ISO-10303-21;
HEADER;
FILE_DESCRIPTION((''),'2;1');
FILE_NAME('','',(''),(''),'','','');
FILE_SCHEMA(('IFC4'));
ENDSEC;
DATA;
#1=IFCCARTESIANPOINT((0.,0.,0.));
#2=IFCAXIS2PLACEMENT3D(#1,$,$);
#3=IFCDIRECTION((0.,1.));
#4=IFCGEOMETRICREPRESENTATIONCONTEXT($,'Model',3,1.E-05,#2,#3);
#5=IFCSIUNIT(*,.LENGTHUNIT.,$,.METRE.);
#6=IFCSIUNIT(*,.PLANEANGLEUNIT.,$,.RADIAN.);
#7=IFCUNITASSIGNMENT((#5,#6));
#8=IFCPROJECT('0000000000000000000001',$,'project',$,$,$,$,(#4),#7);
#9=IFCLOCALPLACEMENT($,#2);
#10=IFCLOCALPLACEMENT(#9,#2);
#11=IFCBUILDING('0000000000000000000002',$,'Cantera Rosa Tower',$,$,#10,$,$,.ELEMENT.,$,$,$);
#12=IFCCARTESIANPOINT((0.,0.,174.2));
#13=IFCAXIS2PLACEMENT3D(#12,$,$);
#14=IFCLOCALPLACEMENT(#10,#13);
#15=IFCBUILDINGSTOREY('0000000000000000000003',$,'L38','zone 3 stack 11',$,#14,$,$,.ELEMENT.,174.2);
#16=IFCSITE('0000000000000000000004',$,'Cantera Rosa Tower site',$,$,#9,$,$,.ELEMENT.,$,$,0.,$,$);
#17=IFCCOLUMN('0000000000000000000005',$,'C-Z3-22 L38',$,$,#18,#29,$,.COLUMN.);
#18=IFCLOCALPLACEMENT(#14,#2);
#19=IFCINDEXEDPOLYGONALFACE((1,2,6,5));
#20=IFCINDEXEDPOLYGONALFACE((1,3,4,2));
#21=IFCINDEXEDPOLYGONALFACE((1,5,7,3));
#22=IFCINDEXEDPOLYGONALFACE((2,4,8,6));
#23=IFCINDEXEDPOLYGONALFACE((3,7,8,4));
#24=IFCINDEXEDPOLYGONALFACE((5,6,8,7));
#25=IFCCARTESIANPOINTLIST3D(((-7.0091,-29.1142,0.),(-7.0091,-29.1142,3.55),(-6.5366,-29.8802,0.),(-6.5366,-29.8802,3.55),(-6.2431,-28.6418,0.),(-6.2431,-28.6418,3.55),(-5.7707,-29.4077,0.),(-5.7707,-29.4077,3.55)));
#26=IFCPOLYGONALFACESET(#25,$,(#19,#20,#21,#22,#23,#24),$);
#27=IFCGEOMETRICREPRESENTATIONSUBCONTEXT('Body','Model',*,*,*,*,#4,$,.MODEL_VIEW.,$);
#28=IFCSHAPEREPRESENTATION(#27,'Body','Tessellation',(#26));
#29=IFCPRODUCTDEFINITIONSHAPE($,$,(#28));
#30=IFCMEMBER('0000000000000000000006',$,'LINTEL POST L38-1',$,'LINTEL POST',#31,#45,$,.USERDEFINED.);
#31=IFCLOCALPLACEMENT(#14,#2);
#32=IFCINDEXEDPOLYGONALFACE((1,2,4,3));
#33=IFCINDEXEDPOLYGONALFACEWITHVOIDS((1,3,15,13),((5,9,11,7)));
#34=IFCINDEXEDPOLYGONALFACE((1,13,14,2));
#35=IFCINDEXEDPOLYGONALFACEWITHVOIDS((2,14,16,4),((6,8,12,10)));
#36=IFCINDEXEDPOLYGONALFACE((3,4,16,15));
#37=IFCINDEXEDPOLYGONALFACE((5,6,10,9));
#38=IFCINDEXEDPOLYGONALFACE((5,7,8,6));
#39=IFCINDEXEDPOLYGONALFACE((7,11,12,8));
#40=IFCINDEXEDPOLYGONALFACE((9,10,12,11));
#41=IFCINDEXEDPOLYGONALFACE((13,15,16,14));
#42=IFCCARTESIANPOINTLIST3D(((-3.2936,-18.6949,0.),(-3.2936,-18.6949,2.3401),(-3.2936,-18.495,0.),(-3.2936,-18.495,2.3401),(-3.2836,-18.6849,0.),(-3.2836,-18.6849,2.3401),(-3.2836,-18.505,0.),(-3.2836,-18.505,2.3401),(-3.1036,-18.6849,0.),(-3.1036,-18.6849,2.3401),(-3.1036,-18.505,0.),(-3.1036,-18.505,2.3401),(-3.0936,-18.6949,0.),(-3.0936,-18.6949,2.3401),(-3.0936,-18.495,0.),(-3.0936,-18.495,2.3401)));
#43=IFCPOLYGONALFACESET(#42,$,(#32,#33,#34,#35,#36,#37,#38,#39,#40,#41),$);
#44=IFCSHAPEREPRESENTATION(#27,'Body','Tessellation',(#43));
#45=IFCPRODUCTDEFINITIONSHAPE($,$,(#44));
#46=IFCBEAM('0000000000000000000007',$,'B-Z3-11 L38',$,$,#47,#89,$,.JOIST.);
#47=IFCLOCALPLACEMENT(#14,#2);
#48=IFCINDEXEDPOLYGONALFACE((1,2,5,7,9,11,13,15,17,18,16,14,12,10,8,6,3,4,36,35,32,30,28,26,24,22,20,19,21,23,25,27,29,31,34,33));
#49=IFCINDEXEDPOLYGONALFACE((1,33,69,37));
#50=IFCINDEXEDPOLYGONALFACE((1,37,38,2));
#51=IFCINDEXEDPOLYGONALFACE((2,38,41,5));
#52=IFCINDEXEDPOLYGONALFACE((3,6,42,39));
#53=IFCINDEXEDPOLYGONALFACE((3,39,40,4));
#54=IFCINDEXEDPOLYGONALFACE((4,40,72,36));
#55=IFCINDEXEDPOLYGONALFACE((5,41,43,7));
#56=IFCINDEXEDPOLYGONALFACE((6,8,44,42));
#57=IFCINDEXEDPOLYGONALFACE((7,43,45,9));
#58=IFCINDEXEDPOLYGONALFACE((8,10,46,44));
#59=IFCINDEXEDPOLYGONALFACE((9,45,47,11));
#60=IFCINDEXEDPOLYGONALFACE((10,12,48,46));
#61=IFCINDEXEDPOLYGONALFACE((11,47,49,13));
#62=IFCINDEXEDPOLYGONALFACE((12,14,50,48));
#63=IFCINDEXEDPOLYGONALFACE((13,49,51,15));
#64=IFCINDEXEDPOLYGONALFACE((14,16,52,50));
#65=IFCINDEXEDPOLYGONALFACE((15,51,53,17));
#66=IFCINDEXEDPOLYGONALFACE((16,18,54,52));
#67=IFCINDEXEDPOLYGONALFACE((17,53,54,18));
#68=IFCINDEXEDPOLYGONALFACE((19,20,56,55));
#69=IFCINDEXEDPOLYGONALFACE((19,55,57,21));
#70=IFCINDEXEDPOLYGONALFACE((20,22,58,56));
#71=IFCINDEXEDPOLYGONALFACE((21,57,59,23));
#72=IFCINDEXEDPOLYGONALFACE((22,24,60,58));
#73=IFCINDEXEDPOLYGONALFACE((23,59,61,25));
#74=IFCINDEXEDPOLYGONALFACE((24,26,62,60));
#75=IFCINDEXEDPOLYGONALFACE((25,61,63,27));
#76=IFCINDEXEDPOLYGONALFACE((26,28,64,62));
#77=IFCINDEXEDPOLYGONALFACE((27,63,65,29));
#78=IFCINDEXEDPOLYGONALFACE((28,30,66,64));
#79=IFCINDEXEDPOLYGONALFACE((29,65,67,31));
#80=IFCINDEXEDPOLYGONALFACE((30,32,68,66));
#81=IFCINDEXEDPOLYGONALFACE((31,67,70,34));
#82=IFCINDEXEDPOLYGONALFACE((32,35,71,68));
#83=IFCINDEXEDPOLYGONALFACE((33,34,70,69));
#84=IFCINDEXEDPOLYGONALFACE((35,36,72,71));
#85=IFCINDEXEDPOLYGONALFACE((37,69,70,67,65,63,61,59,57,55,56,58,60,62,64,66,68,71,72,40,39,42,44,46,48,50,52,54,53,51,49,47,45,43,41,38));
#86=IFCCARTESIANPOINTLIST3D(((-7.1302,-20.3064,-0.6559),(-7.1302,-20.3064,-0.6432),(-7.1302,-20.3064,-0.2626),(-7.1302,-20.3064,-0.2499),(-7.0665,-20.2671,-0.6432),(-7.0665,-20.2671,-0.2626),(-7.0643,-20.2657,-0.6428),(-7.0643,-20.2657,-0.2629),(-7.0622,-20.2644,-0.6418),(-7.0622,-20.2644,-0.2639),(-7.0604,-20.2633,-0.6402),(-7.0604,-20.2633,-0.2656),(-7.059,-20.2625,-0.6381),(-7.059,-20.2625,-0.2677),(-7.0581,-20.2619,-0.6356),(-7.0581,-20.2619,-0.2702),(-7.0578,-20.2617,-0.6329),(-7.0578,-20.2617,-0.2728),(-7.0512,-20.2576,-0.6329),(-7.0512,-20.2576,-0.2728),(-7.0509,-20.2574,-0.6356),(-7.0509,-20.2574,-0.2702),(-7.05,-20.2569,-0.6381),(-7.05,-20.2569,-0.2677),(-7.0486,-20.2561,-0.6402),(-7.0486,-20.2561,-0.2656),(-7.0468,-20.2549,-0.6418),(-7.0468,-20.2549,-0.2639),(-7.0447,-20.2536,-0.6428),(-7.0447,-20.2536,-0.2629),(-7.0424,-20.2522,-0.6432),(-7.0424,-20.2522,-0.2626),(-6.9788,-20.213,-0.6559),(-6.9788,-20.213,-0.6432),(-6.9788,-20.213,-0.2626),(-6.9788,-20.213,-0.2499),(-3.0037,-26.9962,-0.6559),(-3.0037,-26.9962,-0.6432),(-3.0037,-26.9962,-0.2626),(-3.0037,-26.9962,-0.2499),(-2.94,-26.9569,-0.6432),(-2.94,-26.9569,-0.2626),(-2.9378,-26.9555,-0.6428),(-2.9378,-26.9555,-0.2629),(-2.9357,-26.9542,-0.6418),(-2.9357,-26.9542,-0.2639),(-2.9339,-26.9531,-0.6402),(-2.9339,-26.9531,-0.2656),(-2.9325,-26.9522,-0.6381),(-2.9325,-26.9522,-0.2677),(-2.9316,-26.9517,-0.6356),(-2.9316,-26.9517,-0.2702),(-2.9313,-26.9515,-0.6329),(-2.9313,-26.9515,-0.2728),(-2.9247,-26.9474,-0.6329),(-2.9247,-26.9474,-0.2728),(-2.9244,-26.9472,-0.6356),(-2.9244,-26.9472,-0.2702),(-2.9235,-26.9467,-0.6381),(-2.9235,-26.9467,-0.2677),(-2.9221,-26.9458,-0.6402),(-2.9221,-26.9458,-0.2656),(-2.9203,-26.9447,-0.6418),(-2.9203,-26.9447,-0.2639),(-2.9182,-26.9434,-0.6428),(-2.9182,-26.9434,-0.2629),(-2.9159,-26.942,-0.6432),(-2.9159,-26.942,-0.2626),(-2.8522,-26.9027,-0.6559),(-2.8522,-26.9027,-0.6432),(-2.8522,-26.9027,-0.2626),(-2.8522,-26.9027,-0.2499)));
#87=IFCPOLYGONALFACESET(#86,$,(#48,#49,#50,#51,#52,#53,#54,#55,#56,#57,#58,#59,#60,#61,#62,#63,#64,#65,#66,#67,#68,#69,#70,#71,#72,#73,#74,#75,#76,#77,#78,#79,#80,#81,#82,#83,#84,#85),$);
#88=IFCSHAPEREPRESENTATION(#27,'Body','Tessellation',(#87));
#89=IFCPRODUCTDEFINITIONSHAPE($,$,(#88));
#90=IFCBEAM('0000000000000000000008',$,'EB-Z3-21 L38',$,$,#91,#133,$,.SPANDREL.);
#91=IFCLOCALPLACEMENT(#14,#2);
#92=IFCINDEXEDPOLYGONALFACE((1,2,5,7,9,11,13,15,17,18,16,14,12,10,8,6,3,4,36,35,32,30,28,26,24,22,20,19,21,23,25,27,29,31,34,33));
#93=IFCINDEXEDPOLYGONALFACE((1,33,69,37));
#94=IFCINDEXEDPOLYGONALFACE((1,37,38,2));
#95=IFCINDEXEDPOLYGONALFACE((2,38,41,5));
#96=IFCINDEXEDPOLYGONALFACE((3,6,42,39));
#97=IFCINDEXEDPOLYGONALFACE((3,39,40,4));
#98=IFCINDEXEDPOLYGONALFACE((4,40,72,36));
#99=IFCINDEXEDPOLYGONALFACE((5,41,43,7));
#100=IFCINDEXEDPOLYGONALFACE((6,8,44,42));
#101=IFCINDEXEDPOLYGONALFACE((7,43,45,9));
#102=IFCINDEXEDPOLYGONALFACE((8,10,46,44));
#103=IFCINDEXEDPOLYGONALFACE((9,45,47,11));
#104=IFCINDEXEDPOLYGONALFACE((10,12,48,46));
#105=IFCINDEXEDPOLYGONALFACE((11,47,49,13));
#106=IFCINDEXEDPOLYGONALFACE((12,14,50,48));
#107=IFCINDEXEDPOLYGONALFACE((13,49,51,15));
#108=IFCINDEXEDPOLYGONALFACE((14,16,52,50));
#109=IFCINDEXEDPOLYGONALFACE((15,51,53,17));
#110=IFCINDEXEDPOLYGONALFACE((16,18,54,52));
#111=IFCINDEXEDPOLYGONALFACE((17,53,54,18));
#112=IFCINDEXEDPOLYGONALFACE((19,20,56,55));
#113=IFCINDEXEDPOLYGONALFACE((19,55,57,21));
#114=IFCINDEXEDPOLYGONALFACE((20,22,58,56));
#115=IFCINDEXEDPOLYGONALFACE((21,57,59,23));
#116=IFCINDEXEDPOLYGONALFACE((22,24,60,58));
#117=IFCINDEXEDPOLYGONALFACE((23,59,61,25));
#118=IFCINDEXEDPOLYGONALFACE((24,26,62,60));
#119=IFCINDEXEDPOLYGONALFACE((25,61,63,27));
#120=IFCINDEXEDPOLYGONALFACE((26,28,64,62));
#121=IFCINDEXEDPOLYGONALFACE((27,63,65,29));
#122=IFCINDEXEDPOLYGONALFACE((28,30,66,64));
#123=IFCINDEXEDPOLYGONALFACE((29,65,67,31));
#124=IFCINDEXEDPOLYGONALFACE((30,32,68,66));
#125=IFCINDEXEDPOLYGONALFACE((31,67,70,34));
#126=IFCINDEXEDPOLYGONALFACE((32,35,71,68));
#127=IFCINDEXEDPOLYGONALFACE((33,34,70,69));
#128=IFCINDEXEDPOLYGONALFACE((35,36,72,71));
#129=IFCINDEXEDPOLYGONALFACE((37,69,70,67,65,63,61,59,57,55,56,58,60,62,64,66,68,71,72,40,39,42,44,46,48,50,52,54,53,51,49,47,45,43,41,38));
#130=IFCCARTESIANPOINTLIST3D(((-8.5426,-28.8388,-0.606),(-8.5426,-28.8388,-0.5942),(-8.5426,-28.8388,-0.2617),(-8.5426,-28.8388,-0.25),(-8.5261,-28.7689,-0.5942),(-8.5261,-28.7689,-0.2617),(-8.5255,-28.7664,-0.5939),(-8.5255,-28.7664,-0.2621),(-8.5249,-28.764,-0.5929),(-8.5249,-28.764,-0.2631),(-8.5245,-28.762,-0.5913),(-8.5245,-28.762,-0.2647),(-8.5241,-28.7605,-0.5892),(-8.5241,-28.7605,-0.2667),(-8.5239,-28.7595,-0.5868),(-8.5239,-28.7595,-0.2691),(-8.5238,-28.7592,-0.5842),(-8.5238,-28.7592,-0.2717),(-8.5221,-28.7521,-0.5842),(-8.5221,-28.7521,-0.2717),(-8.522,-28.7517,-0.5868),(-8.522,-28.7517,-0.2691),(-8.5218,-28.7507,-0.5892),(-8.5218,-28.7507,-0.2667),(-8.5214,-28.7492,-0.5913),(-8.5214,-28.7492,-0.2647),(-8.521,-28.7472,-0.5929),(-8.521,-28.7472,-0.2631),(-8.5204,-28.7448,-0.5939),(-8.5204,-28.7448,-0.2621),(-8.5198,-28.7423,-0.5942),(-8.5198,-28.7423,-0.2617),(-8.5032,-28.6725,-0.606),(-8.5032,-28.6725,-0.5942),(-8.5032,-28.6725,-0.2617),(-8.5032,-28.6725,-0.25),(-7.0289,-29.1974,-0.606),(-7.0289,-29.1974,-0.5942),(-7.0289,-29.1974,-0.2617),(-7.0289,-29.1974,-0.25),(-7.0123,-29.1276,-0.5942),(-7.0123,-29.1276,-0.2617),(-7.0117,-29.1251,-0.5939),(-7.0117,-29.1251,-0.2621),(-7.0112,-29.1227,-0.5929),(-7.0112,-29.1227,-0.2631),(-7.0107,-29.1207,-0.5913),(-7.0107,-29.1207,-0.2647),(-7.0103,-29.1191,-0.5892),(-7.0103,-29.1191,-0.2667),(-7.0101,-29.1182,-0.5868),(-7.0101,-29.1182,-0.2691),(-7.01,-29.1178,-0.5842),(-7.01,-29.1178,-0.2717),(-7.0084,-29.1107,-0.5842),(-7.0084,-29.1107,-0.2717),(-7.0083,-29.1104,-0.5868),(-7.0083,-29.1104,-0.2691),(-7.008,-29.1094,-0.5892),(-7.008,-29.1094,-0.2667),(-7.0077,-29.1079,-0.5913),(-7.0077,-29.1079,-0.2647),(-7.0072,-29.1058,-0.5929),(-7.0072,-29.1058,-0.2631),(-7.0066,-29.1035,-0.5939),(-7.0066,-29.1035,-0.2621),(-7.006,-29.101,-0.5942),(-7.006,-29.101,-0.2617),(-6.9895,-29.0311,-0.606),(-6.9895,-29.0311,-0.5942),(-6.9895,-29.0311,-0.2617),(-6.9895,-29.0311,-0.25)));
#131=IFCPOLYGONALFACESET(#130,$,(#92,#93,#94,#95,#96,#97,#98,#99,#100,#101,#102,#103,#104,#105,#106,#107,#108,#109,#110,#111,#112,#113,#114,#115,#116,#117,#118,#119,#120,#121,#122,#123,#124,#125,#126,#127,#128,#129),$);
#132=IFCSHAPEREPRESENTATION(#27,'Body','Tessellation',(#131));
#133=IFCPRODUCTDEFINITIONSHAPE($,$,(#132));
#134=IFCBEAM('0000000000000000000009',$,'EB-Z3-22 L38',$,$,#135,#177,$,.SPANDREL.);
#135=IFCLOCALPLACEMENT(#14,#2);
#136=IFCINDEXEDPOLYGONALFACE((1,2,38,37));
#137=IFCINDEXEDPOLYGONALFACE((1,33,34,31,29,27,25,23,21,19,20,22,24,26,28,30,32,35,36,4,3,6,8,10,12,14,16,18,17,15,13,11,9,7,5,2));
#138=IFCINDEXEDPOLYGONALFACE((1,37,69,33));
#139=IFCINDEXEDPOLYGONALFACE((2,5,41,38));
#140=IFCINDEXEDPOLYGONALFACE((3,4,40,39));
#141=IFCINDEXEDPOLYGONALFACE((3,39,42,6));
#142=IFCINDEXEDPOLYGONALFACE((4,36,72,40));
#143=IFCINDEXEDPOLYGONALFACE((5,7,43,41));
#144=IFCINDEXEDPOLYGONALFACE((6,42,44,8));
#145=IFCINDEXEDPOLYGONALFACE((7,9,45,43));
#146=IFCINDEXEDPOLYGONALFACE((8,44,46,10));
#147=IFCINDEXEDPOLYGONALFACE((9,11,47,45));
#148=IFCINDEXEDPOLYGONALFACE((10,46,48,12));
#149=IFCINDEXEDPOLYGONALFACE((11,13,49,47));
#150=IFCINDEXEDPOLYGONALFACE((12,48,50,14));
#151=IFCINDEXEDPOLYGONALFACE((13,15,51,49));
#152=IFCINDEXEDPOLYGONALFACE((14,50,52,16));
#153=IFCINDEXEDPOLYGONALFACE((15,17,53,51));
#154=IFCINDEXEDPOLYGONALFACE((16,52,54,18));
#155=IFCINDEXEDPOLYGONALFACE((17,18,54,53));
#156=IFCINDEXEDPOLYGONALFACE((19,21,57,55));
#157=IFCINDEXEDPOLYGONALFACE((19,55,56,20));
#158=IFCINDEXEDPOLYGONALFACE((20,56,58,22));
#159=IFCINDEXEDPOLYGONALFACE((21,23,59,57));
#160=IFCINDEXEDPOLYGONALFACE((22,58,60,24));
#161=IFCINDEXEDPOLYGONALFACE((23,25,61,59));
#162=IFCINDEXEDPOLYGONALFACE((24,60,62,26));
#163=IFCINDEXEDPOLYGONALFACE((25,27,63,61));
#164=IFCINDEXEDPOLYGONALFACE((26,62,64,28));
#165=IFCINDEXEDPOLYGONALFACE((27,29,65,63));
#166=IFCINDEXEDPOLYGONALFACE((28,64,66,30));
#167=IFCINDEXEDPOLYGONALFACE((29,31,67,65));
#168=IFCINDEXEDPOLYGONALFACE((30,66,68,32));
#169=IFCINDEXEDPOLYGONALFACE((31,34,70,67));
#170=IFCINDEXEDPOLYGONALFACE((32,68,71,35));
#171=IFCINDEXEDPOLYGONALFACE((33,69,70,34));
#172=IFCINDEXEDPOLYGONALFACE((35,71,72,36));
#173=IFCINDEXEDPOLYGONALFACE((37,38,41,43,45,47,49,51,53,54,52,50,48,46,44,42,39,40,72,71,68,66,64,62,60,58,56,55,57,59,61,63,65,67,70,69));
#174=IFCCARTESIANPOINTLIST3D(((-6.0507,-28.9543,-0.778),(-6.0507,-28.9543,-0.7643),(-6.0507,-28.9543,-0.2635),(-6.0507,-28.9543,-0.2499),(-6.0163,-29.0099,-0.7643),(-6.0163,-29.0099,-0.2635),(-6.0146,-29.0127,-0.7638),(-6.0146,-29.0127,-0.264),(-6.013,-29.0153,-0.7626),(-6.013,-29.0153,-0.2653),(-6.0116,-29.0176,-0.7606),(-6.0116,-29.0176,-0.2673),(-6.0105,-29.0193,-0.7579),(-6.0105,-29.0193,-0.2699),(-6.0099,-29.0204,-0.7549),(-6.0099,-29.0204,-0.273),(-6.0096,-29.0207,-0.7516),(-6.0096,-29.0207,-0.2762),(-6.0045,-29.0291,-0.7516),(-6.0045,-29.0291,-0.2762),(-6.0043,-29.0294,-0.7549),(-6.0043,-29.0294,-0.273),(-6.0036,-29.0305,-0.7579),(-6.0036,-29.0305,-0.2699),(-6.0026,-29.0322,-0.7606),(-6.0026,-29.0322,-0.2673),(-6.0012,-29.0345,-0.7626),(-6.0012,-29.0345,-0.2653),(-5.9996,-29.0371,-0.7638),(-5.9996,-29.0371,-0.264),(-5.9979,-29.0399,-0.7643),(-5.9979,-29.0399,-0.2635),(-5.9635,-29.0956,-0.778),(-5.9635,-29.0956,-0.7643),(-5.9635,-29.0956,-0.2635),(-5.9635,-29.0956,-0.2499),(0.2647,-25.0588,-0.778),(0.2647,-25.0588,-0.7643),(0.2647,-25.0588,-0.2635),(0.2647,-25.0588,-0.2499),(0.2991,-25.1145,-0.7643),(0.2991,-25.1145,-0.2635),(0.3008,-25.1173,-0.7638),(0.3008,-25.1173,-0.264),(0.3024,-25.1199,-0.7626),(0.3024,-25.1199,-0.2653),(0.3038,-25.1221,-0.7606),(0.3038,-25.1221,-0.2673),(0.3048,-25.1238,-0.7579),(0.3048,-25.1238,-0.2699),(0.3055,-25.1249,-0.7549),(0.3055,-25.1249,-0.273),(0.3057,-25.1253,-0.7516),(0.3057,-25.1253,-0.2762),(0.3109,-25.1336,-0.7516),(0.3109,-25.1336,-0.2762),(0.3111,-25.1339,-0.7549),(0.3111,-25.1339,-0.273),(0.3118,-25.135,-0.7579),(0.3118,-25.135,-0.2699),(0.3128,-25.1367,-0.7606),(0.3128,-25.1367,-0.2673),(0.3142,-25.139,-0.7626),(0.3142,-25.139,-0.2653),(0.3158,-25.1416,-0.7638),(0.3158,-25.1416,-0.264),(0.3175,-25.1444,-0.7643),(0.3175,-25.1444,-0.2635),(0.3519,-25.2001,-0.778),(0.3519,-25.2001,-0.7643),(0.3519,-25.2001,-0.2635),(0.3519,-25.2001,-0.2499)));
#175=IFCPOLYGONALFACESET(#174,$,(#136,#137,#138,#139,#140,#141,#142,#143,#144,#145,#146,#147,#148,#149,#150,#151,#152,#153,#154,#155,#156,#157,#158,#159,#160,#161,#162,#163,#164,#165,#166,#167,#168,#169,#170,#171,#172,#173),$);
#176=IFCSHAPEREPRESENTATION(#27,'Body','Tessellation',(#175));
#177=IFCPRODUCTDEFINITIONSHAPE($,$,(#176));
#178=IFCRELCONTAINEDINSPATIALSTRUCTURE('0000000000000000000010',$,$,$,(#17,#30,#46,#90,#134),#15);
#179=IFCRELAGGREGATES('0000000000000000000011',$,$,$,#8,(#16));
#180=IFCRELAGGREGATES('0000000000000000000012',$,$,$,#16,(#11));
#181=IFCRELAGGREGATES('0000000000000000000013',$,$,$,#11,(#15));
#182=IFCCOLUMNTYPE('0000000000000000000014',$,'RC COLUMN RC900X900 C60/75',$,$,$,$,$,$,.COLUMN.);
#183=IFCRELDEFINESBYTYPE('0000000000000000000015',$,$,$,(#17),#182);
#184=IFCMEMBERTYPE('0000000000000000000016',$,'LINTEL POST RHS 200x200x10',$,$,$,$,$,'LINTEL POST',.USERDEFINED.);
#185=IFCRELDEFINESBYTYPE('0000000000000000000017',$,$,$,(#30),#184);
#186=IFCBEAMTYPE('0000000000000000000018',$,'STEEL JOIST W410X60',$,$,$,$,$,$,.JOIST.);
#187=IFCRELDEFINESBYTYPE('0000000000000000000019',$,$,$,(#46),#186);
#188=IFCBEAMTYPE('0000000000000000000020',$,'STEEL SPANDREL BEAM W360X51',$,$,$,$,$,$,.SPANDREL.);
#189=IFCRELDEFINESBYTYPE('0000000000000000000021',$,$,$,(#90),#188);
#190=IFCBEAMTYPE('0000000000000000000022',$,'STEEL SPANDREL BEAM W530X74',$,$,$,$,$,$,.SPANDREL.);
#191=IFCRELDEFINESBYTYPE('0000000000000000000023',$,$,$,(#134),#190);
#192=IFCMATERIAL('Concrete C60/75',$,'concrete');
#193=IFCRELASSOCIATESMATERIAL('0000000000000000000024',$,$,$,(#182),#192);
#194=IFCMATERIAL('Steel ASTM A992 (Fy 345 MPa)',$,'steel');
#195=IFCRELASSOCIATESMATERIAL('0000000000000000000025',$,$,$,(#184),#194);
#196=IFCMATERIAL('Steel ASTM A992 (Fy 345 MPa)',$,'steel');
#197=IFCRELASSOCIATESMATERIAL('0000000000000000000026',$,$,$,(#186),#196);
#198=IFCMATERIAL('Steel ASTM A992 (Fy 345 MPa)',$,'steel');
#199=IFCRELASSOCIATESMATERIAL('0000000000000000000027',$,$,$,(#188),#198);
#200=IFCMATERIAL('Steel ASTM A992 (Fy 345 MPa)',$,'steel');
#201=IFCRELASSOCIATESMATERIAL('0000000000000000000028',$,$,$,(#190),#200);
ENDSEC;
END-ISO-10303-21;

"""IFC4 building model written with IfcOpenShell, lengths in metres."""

from ifc_helpers import new_model, si_unit, direction, frame, origin, origin_2d, place, context, subcontext, project, spatial, rectangle, hollow_rectangle, i_section, extrude, material, material_profile, profile_set, type_object, element, save


model = new_model("IFC4")

# Units and contexts
model_context = context("Model", 3, precision=1e-05, world=origin(), true_north=direction((0.0, 1.0)))
body_context = subcontext(model_context, "Body", "Model", "MODEL_VIEW")
ifc_project = project(units=[si_unit("LENGTHUNIT", "METRE"), si_unit("PLANEANGLEUNIT", "RADIAN")], contexts=[model_context])

# Site, building, storey
site_placement = place(None, origin())
site = spatial("IfcSite", under=ifc_project, at=site_placement, Name="Cantera Rosa Tower site", CompositionType="ELEMENT", RefElevation=0.0)
building_placement = place(site_placement, origin())
building = spatial("IfcBuilding", under=site, at=building_placement, Name="Cantera Rosa Tower", CompositionType="ELEMENT")
storey_placement = place(building_placement, frame((0.0, 0.0, 174.2)))
storey = spatial("IfcBuildingStorey", under=building, at=storey_placement, Name="L38", Description="zone 3 stack 11", CompositionType="ELEMENT", Elevation=174.2)

# Column
ifc_material_1 = material(Name="Concrete C60/75", Category="concrete")
ifc_material_profile_1 = material_profile(ifc_material_1, rectangle(XDim=0.8999, YDim=0.8999, at=origin_2d()), Name="RC COLUMN RC900X900 C60/75")
ifc_profile_set_1 = profile_set([ifc_material_profile_1], Name="Concrete C60/75")
column_type = type_object("IfcColumnType", Name="RC COLUMN RC900X900 C60/75", PredefinedType="COLUMN", material=ifc_profile_set_1)
column_placement = place(storey_placement, frame((-6.3899, -29.261, 0.0), z_axis=(0.0, 0.0, 1.0), x_axis=(0.851117, 0.524977, 0.0)))
element("IfcColumn", 1, at=column_placement, inside=storey, type_object=column_type, Name="C-Z3-22 L38", PredefinedType="COLUMN", context=body_context, shape_type="SweptSolid", body=[
    extrude(rectangle(XDim=0.8999, YDim=0.8999, at=origin_2d()), origin(), (0.0, 0.0, 1.0), 3.55),
])

# Member
ifc_material_2 = material(Name="Steel ASTM A992 (Fy 345 MPa)", Category="steel")
ifc_material_profile_2 = material_profile(ifc_material_2, hollow_rectangle(XDim=0.2, YDim=0.2, WallThickness=0.01, at=origin_2d()), Name="LINTEL POST RHS 200x200x10")
ifc_profile_set_2 = profile_set([ifc_material_profile_2], Name="Steel ASTM A992 (Fy 345 MPa)")
member_type = type_object("IfcMemberType", Name="LINTEL POST RHS 200x200x10", ElementType="LINTEL POST", PredefinedType="USERDEFINED", material=ifc_profile_set_2)
member_placement = place(storey_placement, frame((-3.1936, -18.595, 0.0), z_axis=(0.0, 0.0, 1.0), x_axis=(1.0, 0.0, 0.0)))
element("IfcMember", 2, at=member_placement, inside=storey, type_object=member_type, Name="LINTEL POST L38-1", ObjectType="LINTEL POST", PredefinedType="USERDEFINED", context=body_context, shape_type="SweptSolid", body=[
    extrude(hollow_rectangle(XDim=0.2, YDim=0.2, WallThickness=0.01, at=origin_2d()), origin(), (0.0, 0.0, 1.0), 2.3401),
])

# Beams
ifc_material_3 = material(Name="Steel ASTM A992 (Fy 345 MPa)", Category="steel")
ifc_material_profile_3 = material_profile(ifc_material_3, i_section(OverallWidth=0.178, OverallDepth=0.406, WebThickness=0.0078, FlangeThickness=0.0127, FilletRadius=0.0103, at=origin_2d()), Name="W410X60")
ifc_profile_set_3 = profile_set([ifc_material_profile_3], Name="Steel ASTM A992 (Fy 345 MPa)")
beam_type_1 = type_object("IfcBeamType", Name="STEEL JOIST W410X60", PredefinedType="JOIST", material=ifc_profile_set_3)
beam_1_placement = place(storey_placement, frame((-2.928, -26.9495, -0.4529), z_axis=(-0.524995, 0.851105, 0.0), x_axis=(-0.851105, -0.524995, 0.0)))
element("IfcBeam", 3, at=beam_1_placement, inside=storey, type_object=beam_type_1, Name="B-Z3-11 L38", PredefinedType="JOIST", context=body_context, shape_type="SweptSolid", body=[
    extrude(i_section(OverallWidth=0.178, OverallDepth=0.406, WebThickness=0.0078, FlangeThickness=0.0127, FilletRadius=0.0103, at=origin_2d()), origin(), (0.0, 0.0, 1.0), 7.8601),
])
ifc_material_4 = material(Name="Steel ASTM A992 (Fy 345 MPa)", Category="steel")
ifc_material_profile_4 = material_profile(ifc_material_4, i_section(OverallWidth=0.1709, OverallDepth=0.356, WebThickness=0.0073, FlangeThickness=0.0117, FilletRadius=0.01, at=origin_2d()), Name="W360X51")
ifc_profile_set_4 = profile_set([ifc_material_profile_4], Name="Steel ASTM A992 (Fy 345 MPa)")
beam_type_2 = type_object("IfcBeamType", Name="STEEL SPANDREL BEAM W360X51", PredefinedType="SPANDREL", material=ifc_profile_set_4)
beam_2_placement = place(storey_placement, frame((-8.5229, -28.7556, -0.428), z_axis=(0.97306, -0.230552, 0.0), x_axis=(0.230552, 0.97306, 0.0)))
element("IfcBeam", 4, at=beam_2_placement, inside=storey, type_object=beam_type_2, Name="EB-Z3-21 L38", PredefinedType="SPANDREL", context=body_context, shape_type="SweptSolid", body=[
    extrude(i_section(OverallWidth=0.1709, OverallDepth=0.356, WebThickness=0.0073, FlangeThickness=0.0117, FilletRadius=0.01, at=origin_2d()), origin(), (0.0, 0.0, 1.0), 1.5557),
])
ifc_material_5 = material(Name="Steel ASTM A992 (Fy 345 MPa)", Category="steel")
ifc_material_profile_5 = material_profile(ifc_material_5, i_section(OverallWidth=0.166, OverallDepth=0.5281, WebThickness=0.0098, FlangeThickness=0.0137, FilletRadius=0.0127, at=origin_2d()), Name="W530X74")
ifc_profile_set_5 = profile_set([ifc_material_profile_5], Name="Steel ASTM A992 (Fy 345 MPa)")
beam_type_3 = type_object("IfcBeamType", Name="STEEL SPANDREL BEAM W530X74", PredefinedType="SPANDREL", material=ifc_profile_set_5)
beam_3_placement = place(storey_placement, frame((-6.0071, -29.0249, -0.5139), z_axis=(0.851111, 0.524986, 0.0), x_axis=(-0.524986, 0.851111, 0.0)))
element("IfcBeam", 5, at=beam_3_placement, inside=storey, type_object=beam_type_3, Name="EB-Z3-22 L38", PredefinedType="SPANDREL", context=body_context, shape_type="SweptSolid", body=[
    extrude(i_section(OverallWidth=0.166, OverallDepth=0.5281, WebThickness=0.0098, FlangeThickness=0.0137, FilletRadius=0.0127, at=origin_2d()), origin(), (0.0, 0.0, 1.0), 7.4202),
])

save(model, "model.ifc")
